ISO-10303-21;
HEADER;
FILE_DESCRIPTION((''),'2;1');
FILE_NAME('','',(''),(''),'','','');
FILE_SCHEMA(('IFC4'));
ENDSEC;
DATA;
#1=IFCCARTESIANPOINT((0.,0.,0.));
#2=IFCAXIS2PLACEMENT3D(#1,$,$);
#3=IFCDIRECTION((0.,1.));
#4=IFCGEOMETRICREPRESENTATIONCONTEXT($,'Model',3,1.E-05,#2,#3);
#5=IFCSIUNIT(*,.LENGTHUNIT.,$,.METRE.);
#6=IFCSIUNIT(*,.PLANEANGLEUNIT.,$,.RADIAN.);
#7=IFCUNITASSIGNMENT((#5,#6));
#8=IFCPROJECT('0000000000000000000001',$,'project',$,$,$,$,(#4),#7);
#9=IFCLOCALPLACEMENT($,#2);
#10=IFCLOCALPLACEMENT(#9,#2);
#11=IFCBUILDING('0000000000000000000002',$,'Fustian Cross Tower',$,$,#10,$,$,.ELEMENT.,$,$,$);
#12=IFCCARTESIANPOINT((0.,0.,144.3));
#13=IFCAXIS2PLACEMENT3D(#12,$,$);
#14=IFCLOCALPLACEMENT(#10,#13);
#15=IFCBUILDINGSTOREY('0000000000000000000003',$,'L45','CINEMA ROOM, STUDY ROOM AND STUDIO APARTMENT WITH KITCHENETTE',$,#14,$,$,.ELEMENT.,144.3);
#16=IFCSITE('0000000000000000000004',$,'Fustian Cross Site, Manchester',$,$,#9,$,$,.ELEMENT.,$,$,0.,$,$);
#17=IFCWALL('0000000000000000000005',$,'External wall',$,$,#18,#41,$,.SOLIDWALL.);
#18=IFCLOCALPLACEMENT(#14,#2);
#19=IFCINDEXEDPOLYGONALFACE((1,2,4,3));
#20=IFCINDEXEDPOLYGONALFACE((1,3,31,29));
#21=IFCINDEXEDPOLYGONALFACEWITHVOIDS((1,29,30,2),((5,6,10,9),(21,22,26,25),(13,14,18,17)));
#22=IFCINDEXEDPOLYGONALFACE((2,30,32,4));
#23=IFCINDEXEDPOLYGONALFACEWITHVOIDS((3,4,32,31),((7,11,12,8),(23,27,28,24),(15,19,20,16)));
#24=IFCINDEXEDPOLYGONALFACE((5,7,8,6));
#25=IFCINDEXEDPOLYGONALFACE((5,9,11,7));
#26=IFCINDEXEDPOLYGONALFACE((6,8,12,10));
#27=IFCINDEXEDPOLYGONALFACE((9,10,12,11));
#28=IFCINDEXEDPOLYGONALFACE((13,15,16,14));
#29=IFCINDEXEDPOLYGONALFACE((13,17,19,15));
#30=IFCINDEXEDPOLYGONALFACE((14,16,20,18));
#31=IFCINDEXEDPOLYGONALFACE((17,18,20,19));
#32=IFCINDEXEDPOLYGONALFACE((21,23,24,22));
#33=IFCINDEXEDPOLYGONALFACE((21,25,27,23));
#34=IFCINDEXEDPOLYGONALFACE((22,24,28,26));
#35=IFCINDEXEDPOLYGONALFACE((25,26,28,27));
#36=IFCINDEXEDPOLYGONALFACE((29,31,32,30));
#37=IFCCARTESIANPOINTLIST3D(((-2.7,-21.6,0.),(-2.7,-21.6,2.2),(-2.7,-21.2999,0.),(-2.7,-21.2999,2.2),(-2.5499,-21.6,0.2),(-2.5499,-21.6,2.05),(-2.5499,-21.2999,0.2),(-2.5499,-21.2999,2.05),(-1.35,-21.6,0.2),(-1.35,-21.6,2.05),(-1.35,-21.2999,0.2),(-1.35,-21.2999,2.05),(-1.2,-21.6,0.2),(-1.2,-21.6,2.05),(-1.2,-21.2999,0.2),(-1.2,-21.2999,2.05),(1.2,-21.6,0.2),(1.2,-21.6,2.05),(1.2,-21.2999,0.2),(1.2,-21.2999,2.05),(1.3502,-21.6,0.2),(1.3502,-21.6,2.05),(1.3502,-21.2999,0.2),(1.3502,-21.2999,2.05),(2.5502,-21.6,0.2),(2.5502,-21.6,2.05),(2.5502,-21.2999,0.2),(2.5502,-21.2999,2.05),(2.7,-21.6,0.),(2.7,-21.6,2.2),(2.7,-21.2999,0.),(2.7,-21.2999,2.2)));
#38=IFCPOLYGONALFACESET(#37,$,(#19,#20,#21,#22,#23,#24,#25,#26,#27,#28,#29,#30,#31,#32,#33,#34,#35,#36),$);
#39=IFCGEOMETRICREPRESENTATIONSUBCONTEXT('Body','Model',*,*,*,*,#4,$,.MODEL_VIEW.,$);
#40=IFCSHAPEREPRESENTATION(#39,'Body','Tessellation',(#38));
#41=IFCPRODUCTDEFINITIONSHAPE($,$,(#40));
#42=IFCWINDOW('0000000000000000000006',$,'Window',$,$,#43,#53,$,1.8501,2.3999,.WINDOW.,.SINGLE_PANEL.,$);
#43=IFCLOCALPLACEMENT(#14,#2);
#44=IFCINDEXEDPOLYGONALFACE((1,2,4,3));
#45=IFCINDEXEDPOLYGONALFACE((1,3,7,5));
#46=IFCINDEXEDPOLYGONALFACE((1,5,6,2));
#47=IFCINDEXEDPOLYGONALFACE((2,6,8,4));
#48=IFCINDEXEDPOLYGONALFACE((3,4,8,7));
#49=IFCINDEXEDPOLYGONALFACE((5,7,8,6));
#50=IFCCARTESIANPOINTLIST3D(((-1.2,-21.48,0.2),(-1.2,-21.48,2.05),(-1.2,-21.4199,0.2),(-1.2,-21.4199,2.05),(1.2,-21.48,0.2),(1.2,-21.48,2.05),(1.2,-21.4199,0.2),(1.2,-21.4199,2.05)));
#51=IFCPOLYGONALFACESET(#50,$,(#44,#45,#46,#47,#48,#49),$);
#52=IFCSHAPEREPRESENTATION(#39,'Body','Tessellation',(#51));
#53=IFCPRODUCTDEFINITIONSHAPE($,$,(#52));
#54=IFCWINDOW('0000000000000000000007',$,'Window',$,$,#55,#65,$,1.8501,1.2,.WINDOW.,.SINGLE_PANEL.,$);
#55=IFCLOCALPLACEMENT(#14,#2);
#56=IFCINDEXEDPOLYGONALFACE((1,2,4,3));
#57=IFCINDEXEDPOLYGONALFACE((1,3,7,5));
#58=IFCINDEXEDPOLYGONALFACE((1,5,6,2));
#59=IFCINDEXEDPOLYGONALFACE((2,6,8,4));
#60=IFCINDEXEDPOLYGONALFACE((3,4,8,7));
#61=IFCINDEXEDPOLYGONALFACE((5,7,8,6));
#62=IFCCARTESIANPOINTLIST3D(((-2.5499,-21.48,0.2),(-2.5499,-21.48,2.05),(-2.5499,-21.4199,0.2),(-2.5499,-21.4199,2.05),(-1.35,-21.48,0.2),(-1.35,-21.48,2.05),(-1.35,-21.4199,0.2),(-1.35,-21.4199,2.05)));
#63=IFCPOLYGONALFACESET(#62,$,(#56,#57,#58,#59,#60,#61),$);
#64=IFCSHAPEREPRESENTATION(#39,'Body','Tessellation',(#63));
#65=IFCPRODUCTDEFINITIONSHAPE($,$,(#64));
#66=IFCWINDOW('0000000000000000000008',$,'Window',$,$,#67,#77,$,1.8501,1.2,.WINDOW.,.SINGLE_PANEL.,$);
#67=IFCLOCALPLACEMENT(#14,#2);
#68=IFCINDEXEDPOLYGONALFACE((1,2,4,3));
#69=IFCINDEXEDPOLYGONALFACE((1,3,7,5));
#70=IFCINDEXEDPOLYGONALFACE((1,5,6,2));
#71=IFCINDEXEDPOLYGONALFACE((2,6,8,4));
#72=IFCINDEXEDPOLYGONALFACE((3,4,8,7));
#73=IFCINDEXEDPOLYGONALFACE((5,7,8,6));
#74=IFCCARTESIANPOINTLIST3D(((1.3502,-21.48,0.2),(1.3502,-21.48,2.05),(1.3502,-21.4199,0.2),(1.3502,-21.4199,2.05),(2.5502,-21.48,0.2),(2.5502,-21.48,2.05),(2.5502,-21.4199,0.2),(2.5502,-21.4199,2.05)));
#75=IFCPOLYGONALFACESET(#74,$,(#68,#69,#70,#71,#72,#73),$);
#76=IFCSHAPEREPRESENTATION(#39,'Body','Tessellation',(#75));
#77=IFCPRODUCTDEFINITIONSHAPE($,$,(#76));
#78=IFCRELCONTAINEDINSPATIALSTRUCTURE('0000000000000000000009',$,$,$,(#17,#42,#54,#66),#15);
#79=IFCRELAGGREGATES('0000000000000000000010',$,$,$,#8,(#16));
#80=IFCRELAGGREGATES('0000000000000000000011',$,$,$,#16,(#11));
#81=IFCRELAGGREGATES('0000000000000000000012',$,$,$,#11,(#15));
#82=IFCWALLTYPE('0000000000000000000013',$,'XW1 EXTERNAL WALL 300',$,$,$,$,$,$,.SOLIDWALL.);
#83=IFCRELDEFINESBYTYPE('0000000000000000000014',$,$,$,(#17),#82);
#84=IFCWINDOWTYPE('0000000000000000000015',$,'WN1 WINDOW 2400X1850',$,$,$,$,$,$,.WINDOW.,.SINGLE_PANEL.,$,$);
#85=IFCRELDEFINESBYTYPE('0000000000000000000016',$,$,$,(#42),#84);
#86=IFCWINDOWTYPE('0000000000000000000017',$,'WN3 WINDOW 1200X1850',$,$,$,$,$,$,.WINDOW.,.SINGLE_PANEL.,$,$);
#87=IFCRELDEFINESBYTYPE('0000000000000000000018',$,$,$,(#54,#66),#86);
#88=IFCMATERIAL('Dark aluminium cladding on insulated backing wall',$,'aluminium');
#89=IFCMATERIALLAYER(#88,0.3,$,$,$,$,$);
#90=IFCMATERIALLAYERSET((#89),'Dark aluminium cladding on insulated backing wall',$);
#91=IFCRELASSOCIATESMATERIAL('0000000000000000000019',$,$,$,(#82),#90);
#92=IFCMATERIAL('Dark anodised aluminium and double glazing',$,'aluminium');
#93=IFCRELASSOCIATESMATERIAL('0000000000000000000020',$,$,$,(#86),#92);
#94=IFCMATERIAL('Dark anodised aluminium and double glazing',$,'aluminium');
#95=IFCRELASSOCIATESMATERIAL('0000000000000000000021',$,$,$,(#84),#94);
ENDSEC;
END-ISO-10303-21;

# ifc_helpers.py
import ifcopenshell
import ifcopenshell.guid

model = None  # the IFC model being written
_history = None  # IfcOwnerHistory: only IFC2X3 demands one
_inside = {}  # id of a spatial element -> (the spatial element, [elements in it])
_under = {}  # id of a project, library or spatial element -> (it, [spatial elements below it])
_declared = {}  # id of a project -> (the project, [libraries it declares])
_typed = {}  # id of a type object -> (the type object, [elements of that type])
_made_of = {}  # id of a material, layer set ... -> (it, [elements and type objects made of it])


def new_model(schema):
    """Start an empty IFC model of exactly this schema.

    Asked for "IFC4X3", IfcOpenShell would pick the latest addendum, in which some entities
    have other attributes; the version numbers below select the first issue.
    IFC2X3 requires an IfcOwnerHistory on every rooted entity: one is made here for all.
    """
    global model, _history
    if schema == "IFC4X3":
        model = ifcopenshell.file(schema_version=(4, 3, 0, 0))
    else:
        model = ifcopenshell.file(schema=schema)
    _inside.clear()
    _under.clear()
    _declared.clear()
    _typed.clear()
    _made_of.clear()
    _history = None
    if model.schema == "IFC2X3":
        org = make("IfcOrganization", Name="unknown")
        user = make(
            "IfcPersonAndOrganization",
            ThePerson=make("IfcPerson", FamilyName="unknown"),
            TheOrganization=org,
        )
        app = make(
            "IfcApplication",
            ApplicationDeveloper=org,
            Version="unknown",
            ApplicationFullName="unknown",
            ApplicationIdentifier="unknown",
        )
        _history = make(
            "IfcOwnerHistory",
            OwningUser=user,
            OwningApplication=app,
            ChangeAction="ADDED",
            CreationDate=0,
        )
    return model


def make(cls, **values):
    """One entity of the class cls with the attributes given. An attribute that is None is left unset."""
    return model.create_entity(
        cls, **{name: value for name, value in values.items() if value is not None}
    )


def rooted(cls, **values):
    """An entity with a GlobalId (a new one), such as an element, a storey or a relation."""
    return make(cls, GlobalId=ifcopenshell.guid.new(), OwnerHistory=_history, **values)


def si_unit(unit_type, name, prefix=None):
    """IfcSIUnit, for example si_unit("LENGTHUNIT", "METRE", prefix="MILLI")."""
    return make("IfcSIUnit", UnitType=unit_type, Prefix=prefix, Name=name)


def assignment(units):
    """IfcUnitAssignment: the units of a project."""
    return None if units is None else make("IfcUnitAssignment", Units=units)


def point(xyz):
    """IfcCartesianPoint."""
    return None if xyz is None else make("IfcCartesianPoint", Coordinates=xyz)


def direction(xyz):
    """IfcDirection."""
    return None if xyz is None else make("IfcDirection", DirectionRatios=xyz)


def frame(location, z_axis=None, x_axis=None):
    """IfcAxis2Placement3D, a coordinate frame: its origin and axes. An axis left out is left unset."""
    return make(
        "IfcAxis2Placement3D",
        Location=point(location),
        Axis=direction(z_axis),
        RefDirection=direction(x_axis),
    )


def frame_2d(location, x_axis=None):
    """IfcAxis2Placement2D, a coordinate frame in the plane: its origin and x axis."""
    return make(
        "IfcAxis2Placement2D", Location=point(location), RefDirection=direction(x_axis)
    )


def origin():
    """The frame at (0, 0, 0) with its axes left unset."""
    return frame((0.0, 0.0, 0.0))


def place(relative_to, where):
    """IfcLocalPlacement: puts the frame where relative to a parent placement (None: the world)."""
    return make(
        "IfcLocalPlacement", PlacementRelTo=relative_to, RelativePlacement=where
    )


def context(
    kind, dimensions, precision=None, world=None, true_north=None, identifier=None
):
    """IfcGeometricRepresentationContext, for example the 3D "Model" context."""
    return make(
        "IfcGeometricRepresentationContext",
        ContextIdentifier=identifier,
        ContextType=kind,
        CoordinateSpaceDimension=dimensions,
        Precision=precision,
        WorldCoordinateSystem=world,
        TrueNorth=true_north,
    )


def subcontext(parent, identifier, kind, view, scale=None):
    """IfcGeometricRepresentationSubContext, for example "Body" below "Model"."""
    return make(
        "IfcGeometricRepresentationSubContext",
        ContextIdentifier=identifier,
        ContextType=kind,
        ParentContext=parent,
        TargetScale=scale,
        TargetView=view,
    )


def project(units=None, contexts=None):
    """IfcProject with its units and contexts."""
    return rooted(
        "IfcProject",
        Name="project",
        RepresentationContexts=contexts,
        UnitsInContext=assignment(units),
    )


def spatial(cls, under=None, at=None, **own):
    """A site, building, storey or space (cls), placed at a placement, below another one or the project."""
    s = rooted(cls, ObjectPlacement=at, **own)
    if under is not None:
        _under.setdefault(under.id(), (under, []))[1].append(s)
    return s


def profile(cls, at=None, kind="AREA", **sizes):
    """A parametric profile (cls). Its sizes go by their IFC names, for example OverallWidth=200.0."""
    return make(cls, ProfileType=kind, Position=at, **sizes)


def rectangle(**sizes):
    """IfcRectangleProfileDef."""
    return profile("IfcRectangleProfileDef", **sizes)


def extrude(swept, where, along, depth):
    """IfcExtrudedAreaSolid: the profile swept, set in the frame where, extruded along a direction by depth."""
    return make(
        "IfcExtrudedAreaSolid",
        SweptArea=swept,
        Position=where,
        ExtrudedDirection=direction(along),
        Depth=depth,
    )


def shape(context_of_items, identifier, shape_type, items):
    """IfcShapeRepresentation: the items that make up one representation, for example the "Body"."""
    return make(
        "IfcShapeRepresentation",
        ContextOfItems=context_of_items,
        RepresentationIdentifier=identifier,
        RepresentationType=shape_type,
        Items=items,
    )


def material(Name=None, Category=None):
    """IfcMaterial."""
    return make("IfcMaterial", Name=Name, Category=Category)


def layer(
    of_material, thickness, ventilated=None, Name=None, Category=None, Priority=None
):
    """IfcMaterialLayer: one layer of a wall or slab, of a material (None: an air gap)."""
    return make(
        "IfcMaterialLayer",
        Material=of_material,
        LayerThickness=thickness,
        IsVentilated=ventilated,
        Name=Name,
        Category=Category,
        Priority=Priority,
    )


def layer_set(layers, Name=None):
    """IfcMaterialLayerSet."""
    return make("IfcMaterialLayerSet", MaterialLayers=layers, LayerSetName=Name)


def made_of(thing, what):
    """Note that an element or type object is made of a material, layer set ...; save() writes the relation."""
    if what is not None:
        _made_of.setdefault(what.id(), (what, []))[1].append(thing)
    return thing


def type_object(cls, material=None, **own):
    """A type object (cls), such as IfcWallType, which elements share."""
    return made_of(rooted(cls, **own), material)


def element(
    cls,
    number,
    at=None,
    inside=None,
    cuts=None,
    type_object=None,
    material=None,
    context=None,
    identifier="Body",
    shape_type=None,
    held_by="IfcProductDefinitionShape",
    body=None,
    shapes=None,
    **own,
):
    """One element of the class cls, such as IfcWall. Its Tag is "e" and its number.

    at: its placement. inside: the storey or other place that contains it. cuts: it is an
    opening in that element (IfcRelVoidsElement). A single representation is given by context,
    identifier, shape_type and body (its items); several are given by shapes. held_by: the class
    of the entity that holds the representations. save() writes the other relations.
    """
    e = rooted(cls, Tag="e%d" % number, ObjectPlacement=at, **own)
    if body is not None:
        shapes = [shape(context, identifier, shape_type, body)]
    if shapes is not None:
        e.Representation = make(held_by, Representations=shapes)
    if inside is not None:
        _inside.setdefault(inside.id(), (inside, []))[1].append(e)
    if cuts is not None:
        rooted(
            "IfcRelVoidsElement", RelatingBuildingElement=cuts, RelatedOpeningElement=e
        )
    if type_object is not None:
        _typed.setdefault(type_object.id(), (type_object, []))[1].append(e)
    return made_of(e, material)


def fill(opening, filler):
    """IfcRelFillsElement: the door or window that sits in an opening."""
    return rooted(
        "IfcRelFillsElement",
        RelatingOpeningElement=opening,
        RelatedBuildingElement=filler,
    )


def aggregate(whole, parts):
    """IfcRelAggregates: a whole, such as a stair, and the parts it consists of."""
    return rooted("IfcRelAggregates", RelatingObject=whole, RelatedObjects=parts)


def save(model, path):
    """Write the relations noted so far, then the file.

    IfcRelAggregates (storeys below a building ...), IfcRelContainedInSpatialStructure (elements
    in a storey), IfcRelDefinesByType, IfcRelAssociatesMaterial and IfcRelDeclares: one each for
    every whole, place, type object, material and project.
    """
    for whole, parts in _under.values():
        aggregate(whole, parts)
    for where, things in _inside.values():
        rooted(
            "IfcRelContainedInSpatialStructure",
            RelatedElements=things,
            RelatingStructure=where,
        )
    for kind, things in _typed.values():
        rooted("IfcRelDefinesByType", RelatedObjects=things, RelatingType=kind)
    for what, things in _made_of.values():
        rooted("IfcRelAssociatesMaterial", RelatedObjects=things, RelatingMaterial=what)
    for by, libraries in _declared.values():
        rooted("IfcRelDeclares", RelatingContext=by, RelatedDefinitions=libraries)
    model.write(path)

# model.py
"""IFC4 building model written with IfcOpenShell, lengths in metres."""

from ifc_helpers import new_model, si_unit, direction, frame, frame_2d, origin, place, context, subcontext, project, spatial, rectangle, extrude, material, layer, layer_set, type_object, element, fill, save


model = new_model("IFC4")

# Units and contexts
model_context = context("Model", 3, precision=1e-05, world=origin(), true_north=direction((0.0, 1.0)))
body_context = subcontext(model_context, "Body", "Model", "MODEL_VIEW")
ifc_project = project(units=[si_unit("LENGTHUNIT", "METRE"), si_unit("PLANEANGLEUNIT", "RADIAN")], contexts=[model_context])

# Site, building, storey
site_placement = place(None, origin())
site = spatial("IfcSite", under=ifc_project, at=site_placement, Name="Fustian Cross Site, Manchester", CompositionType="ELEMENT", RefElevation=0.0)
building_placement = place(site_placement, origin())
building = spatial("IfcBuilding", under=site, at=building_placement, Name="Fustian Cross Tower", CompositionType="ELEMENT")
storey_placement = place(building_placement, frame((0.0, 0.0, 144.3)))
storey = spatial("IfcBuildingStorey", under=building, at=storey_placement, Name="L45", Description="CINEMA ROOM, STUDY ROOM AND STUDIO APARTMENT WITH KITCHENETTE", CompositionType="ELEMENT", Elevation=144.3)

# Shared definitions
ifc_material_1 = material(Name="Dark aluminium cladding on insulated backing wall", Category="aluminium")
ifc_layer_1 = layer(ifc_material_1, 0.3)
ifc_layer_set_1 = layer_set([ifc_layer_1], Name="Dark aluminium cladding on insulated backing wall")
wall_type_1 = type_object("IfcWallType", Name="XW1 EXTERNAL WALL 300", PredefinedType="SOLIDWALL", material=ifc_layer_set_1)

# Shared definitions
ifc_material_2 = material(Name="Dark anodised aluminium and double glazing", Category="aluminium")
window_type_1 = type_object("IfcWindowType", Name="WN3 WINDOW 1200X1850", PartitioningType="SINGLE_PANEL", PredefinedType="WINDOW", material=ifc_material_2)

# Wall, openings, windows
wall_1_placement = place(storey_placement, frame((-2.7, -21.45, 0.0), z_axis=(0.0, 0.0, 1.0), x_axis=(1.0, 0.0, 0.0)))
wall_1 = element("IfcWall", 1, at=wall_1_placement, inside=storey, type_object=wall_type_1, Name="External wall", PredefinedType="SOLIDWALL", context=body_context, shape_type="SweptSolid", body=[
    extrude(rectangle(XDim=5.3999, YDim=0.3, at=frame_2d((2.7, 0.0))), origin(), (0.0, 0.0, 1.0), 2.2),
])
opening_1_placement = place(wall_1_placement, frame((1.5, 0.0, 0.2)))
opening_1 = element("IfcOpeningElement", 2, at=opening_1_placement, cuts=wall_1, PredefinedType="OPENING", context=body_context, shape_type="SweptSolid", body=[
    extrude(rectangle(XDim=2.3999, YDim=1.8501, at=frame_2d((1.2, 0.925))), frame((0.0, 0.1599, 0.0), z_axis=(0.0, -1.0, 0.0), x_axis=(1.0, 0.0, 0.0)), (0.0, 0.0, 1.0), 0.3201),
])
opening_2_placement = place(wall_1_placement, frame((0.1499, 0.0, 0.2)))
opening_2 = element("IfcOpeningElement", 3, at=opening_2_placement, cuts=wall_1, PredefinedType="OPENING", context=body_context, shape_type="SweptSolid", body=[
    extrude(rectangle(XDim=1.2, YDim=1.8501, at=frame_2d((0.6001, 0.925))), frame((0.0, 0.1599, 0.0), z_axis=(0.0, -1.0, 0.0), x_axis=(1.0, 0.0, 0.0)), (0.0, 0.0, 1.0), 0.3201),
])
opening_3_placement = place(wall_1_placement, frame((4.05, 0.0, 0.2)))
opening_3 = element("IfcOpeningElement", 4, at=opening_3_placement, cuts=wall_1, PredefinedType="OPENING", context=body_context, shape_type="SweptSolid", body=[
    extrude(rectangle(XDim=1.2, YDim=1.8501, at=frame_2d((0.6001, 0.925))), frame((0.0, 0.1599, 0.0), z_axis=(0.0, -1.0, 0.0), x_axis=(1.0, 0.0, 0.0)), (0.0, 0.0, 1.0), 0.3201),
])
ifc_material_3 = material(Name="Dark anodised aluminium and double glazing", Category="aluminium")
window_type_2 = type_object("IfcWindowType", Name="WN1 WINDOW 2400X1850", PartitioningType="SINGLE_PANEL", PredefinedType="WINDOW", material=ifc_material_3)
window_1_placement = place(opening_1_placement, origin())
window_1 = element("IfcWindow", 5, at=window_1_placement, inside=storey, type_object=window_type_2, Name="Window", OverallHeight=1.8501, OverallWidth=2.3999, PartitioningType="SINGLE_PANEL", PredefinedType="WINDOW", context=body_context, shape_type="SweptSolid", body=[
    extrude(rectangle(XDim=2.3999, YDim=1.8501, at=frame_2d((1.2, 0.925))), frame((0.0, 0.03, 0.0), z_axis=(0.0, -1.0, 0.0), x_axis=(1.0, 0.0, 0.0)), (0.0, 0.0, 1.0), 0.0601),
])
fill(opening_1, window_1)
window_2_placement = place(opening_2_placement, origin())
window_2 = element("IfcWindow", 6, at=window_2_placement, inside=storey, type_object=window_type_1, Name="Window", OverallHeight=1.8501, OverallWidth=1.2, PartitioningType="SINGLE_PANEL", PredefinedType="WINDOW", context=body_context, shape_type="SweptSolid", body=[
    extrude(rectangle(XDim=1.2, YDim=1.8501, at=frame_2d((0.6001, 0.925))), frame((0.0, 0.03, 0.0), z_axis=(0.0, -1.0, 0.0), x_axis=(1.0, 0.0, 0.0)), (0.0, 0.0, 1.0), 0.0601),
])
fill(opening_2, window_2)
window_3_placement = place(opening_3_placement, origin())
window_3 = element("IfcWindow", 7, at=window_3_placement, inside=storey, type_object=window_type_1, Name="Window", OverallHeight=1.8501, OverallWidth=1.2, PartitioningType="SINGLE_PANEL", PredefinedType="WINDOW", context=body_context, shape_type="SweptSolid", body=[
    extrude(rectangle(XDim=1.2, YDim=1.8501, at=frame_2d((0.6001, 0.925))), frame((0.0, 0.03, 0.0), z_axis=(0.0, -1.0, 0.0), x_axis=(1.0, 0.0, 0.0)), (0.0, 0.0, 1.0), 0.0601),
])
fill(opening_3, window_3)

save(model, "model.ifc")
